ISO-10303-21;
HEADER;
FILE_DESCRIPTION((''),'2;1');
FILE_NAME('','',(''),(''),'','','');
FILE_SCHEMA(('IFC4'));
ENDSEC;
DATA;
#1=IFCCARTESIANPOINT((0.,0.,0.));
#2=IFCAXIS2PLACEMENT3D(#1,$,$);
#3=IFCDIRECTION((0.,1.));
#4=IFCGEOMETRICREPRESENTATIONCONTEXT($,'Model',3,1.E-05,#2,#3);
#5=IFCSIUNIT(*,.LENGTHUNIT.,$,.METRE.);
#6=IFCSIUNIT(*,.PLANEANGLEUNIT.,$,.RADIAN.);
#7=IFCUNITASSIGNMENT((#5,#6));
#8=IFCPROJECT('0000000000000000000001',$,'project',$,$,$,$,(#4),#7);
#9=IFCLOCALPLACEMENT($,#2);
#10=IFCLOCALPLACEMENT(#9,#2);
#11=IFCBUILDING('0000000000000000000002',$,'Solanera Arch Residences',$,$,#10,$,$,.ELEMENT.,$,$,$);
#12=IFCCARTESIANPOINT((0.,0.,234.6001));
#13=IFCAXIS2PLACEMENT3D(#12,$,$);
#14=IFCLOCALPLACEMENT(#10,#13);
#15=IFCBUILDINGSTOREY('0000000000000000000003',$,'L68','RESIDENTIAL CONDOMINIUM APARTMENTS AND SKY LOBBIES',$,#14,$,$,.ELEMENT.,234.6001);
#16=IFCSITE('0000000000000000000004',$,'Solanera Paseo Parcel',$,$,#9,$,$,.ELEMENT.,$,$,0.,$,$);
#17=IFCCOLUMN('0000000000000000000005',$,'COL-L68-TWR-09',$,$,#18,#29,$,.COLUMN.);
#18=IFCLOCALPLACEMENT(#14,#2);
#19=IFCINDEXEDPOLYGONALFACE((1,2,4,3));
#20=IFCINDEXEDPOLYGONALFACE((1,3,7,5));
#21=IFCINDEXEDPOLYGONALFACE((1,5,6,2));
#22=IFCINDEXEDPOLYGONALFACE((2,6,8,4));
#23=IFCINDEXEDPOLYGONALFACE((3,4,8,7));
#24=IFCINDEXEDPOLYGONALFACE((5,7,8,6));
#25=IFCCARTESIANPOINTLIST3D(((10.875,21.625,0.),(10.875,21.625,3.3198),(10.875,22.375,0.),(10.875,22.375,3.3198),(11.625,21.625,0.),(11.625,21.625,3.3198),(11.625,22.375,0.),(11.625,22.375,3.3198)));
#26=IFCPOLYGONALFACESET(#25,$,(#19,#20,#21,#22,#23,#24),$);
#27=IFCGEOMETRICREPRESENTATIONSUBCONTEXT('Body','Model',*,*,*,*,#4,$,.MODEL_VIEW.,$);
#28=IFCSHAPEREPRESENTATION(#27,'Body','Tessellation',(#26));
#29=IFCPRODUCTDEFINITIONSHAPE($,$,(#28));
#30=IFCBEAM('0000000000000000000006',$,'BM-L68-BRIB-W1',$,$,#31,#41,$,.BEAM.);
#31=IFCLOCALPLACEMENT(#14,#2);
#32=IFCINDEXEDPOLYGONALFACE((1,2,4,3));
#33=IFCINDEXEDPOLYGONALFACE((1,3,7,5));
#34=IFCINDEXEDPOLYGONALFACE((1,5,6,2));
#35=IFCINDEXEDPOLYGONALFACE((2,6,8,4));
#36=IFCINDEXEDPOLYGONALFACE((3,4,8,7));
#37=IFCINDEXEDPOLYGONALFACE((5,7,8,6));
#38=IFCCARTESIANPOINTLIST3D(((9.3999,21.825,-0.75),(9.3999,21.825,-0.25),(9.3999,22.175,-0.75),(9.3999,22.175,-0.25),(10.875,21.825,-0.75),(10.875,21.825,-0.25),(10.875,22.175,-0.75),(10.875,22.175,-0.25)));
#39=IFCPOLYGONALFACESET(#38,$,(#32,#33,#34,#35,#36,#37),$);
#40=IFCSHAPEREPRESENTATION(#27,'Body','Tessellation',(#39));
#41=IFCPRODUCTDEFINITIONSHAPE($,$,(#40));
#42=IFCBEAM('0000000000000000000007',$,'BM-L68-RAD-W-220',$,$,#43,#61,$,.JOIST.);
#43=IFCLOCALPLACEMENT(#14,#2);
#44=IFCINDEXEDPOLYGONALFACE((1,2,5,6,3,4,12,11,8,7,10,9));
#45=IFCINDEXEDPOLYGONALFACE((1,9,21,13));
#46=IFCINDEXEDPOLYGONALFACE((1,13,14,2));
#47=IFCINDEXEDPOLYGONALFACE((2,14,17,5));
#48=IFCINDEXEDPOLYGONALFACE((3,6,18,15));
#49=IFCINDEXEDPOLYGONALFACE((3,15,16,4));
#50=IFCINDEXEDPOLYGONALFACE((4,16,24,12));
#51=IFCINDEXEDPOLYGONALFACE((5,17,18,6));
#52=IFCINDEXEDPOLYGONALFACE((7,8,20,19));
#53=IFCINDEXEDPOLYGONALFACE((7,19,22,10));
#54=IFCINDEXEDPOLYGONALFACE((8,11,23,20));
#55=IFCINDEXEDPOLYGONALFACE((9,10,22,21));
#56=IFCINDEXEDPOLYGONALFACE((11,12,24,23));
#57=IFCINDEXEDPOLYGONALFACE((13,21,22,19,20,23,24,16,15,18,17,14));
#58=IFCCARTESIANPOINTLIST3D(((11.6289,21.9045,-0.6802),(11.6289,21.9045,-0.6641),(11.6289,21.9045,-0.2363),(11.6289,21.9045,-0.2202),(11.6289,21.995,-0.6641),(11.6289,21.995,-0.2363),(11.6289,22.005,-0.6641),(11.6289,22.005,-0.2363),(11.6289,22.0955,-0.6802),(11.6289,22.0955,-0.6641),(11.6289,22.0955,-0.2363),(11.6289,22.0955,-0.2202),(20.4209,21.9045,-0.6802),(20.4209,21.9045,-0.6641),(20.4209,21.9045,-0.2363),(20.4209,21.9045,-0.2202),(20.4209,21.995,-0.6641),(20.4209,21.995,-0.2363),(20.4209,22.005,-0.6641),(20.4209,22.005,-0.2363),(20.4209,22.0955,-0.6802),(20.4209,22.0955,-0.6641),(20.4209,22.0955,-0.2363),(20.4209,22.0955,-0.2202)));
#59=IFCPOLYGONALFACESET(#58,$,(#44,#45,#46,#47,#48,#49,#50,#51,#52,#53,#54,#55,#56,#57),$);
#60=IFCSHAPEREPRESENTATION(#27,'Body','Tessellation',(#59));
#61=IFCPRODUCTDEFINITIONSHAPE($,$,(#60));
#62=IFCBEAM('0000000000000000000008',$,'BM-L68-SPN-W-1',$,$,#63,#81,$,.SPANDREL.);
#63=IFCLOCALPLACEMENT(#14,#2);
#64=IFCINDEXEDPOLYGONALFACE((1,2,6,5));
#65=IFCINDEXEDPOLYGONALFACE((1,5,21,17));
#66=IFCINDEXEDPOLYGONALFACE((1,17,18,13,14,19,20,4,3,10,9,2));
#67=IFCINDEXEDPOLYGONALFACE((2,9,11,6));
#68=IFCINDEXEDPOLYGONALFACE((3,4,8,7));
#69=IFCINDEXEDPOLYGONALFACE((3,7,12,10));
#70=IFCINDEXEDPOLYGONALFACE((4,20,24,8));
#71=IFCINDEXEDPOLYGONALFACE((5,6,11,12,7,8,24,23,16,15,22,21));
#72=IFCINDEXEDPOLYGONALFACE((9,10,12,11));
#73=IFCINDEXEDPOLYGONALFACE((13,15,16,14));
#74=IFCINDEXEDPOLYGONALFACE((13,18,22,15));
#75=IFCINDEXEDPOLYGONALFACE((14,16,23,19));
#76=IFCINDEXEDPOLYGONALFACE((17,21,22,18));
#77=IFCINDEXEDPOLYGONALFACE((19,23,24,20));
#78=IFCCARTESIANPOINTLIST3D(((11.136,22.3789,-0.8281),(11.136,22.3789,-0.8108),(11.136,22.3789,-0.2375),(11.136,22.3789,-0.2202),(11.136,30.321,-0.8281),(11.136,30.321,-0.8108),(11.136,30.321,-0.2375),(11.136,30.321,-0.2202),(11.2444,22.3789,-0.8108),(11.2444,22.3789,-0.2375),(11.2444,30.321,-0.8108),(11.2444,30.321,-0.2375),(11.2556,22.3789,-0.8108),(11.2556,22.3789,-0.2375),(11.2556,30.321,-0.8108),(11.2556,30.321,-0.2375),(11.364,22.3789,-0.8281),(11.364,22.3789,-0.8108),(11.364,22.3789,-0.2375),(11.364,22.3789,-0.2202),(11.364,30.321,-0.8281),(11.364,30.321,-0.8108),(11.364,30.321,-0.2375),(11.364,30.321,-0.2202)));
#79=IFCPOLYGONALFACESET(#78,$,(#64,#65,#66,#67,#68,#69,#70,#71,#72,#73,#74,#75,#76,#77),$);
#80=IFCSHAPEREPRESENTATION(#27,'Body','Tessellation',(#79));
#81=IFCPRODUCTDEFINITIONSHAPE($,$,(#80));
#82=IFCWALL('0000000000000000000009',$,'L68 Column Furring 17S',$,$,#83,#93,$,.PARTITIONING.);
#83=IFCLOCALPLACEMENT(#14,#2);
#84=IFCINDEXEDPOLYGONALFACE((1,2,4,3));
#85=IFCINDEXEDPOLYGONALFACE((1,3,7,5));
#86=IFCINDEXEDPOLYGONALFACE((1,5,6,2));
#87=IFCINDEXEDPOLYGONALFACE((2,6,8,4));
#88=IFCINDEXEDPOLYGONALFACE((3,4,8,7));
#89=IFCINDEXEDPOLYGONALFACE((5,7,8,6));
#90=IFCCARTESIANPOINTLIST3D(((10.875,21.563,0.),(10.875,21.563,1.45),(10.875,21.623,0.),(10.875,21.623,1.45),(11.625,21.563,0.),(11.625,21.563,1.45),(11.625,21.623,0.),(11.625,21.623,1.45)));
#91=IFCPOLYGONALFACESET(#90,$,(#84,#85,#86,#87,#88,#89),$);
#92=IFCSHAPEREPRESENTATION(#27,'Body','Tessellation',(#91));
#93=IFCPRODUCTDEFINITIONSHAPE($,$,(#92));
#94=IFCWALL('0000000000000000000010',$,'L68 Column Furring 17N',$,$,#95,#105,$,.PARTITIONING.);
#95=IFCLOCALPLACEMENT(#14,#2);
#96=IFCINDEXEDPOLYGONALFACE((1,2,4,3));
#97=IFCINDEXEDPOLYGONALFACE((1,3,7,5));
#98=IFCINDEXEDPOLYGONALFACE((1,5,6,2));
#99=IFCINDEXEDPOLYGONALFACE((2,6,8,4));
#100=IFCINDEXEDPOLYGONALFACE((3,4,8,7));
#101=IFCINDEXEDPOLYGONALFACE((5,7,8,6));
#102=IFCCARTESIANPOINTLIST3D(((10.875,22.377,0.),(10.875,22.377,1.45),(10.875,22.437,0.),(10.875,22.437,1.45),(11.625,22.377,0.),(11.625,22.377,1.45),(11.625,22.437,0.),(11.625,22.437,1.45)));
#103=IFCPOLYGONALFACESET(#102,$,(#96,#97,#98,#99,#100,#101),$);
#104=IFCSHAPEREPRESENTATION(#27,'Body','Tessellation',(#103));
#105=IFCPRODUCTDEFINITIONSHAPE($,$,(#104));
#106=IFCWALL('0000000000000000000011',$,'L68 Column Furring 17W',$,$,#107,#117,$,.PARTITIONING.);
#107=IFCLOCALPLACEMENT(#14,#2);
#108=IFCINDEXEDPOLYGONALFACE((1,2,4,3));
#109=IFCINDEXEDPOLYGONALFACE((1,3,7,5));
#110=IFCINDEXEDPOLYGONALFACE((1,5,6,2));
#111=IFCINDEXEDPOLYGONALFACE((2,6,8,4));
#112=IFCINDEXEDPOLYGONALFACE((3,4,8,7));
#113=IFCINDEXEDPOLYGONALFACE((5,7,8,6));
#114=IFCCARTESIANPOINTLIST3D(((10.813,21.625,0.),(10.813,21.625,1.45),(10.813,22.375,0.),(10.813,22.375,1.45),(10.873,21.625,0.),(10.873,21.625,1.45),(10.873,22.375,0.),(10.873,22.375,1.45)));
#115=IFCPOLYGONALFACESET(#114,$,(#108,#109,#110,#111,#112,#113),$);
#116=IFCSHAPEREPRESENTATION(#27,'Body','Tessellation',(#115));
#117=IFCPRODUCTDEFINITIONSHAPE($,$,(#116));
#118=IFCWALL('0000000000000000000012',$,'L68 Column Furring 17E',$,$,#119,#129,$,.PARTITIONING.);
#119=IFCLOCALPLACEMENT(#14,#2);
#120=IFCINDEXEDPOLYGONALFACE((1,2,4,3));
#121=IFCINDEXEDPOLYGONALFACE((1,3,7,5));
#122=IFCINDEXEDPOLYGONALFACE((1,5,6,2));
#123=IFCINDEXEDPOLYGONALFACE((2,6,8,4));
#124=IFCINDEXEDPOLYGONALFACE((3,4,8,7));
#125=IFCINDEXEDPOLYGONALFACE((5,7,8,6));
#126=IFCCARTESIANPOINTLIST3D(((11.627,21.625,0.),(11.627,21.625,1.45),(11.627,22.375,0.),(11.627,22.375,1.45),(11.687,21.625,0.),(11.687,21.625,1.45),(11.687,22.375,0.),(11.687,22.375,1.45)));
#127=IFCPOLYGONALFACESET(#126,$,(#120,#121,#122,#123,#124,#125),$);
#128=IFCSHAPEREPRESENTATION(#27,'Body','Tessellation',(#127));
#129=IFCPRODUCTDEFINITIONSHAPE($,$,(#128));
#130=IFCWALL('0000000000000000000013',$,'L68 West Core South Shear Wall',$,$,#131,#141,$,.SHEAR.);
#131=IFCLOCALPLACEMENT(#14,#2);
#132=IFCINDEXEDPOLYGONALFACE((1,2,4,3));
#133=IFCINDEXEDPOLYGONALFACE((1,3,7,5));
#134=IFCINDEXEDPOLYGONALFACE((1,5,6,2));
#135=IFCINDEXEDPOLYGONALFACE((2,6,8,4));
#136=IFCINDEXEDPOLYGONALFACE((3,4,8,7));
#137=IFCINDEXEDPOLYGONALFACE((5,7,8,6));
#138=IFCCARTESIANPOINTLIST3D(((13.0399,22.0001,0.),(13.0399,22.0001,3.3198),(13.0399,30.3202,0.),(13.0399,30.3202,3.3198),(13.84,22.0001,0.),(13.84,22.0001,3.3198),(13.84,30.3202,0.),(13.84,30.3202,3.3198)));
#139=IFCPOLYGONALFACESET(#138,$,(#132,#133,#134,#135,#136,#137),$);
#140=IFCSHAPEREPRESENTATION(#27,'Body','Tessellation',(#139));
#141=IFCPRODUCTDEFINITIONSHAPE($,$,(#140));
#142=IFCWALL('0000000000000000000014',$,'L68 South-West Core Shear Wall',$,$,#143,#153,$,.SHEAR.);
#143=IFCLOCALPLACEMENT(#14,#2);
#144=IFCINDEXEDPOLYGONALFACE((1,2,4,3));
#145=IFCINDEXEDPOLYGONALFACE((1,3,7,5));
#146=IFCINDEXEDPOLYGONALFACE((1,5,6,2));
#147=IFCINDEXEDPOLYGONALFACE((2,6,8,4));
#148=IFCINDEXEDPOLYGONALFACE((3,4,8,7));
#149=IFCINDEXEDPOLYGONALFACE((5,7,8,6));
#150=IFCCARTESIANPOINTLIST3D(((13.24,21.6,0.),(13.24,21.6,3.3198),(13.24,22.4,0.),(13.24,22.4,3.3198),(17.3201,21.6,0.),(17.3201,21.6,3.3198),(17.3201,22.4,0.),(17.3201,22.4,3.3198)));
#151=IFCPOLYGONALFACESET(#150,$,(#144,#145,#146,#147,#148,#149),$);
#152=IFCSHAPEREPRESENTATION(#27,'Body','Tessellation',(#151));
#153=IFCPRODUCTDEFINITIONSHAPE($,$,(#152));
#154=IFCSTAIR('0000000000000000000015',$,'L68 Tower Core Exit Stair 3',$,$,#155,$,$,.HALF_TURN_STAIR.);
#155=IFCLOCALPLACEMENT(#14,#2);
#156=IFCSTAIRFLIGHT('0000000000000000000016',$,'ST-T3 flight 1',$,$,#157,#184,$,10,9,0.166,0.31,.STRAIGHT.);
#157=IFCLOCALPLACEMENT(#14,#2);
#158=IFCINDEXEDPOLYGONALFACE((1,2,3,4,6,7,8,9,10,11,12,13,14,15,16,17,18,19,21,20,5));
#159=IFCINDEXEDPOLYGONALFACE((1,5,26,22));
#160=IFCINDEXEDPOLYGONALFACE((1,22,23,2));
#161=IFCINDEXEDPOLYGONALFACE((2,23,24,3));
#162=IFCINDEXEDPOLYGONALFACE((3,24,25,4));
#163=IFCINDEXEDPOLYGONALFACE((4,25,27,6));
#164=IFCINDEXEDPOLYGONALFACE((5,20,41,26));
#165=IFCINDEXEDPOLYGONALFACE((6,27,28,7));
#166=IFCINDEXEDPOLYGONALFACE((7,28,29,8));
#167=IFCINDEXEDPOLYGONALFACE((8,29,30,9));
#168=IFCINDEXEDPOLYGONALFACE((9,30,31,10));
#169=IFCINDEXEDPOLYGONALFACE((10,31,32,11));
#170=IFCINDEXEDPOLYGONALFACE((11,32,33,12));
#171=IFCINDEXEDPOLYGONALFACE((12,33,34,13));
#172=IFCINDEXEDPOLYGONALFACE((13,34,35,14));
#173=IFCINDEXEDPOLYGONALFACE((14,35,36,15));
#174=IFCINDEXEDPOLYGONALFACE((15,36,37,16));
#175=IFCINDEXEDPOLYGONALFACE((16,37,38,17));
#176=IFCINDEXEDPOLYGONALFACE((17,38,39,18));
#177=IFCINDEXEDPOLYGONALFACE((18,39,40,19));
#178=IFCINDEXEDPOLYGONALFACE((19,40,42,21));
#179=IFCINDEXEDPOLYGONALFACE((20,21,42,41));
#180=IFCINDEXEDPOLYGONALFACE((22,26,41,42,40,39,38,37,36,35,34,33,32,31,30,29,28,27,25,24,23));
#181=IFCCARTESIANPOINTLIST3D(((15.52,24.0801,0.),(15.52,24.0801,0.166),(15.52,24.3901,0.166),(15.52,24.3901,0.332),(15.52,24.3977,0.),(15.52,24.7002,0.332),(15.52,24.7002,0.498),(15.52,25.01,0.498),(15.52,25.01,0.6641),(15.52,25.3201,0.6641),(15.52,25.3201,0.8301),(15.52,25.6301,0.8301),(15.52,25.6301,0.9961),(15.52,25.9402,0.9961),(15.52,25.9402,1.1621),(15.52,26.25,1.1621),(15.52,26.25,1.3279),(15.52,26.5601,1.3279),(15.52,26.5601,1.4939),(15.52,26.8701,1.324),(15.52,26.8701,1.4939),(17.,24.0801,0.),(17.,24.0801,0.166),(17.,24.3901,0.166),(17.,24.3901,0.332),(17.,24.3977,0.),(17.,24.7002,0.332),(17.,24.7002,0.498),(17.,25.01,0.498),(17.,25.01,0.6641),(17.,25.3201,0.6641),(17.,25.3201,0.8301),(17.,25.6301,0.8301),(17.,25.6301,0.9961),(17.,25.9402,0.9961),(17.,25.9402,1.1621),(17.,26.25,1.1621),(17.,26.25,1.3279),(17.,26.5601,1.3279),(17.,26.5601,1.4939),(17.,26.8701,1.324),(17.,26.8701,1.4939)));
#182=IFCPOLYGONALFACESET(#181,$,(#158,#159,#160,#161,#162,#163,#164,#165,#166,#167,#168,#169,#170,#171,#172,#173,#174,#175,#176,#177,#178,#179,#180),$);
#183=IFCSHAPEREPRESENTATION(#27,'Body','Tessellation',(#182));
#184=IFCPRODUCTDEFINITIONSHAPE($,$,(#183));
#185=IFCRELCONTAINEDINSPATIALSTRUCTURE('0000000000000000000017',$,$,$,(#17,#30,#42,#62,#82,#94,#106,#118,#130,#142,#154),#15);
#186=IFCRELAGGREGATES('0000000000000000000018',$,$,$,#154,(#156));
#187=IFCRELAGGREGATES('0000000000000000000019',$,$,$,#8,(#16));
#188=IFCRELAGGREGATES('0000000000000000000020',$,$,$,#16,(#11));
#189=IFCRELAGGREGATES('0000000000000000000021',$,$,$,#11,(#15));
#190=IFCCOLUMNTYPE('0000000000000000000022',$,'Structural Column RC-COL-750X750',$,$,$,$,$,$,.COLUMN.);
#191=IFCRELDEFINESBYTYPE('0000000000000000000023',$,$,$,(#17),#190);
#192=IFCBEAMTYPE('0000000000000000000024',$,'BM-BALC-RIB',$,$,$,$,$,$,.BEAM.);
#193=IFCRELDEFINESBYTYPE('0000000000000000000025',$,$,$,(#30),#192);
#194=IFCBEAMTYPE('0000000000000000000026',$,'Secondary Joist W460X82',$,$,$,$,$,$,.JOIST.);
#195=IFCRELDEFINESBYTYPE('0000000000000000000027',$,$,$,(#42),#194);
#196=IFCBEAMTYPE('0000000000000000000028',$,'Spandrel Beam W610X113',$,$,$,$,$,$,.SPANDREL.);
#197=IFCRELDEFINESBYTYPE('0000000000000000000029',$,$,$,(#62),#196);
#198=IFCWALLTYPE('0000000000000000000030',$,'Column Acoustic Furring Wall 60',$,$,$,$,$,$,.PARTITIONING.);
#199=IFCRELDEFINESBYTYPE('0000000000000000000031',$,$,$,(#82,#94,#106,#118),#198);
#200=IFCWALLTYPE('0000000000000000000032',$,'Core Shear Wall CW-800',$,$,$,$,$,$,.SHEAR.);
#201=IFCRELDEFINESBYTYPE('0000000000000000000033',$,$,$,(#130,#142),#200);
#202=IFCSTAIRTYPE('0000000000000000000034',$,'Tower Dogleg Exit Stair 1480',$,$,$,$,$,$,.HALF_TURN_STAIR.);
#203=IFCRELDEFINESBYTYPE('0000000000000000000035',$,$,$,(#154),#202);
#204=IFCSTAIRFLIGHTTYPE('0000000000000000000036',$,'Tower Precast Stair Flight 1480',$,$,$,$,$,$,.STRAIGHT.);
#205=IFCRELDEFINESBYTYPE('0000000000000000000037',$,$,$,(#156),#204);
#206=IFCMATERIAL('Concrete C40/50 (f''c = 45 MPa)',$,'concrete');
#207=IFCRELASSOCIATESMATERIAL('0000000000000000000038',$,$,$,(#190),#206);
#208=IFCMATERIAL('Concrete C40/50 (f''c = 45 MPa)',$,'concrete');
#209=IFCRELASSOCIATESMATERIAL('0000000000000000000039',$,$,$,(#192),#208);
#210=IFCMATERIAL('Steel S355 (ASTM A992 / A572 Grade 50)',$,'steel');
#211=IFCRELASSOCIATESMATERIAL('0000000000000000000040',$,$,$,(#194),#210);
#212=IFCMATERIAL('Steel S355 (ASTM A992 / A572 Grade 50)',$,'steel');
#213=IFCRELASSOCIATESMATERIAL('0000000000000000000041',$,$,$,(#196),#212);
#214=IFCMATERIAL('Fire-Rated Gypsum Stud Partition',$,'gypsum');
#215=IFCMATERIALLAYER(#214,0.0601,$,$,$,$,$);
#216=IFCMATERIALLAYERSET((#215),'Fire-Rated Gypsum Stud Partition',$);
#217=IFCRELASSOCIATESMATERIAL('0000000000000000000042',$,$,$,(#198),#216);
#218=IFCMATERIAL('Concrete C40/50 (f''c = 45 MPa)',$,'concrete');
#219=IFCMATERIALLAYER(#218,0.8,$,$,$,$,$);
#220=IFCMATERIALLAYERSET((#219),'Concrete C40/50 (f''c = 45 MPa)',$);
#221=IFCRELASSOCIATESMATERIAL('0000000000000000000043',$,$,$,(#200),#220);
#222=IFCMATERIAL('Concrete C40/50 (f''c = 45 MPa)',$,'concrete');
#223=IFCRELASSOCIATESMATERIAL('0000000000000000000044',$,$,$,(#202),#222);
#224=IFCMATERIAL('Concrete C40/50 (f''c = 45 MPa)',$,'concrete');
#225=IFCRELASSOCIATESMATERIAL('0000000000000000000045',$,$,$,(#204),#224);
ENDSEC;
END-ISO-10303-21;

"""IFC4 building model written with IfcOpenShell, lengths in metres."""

from ifc_helpers import new_model, si_unit, direction, frame, frame_2d, origin, origin_2d, place, context, subcontext, project, spatial, polyline, rectangle, i_section, outline, extrude, material, layer, layer_set, material_profile, profile_set, type_object, element, aggregate, save


model = new_model("IFC4")

# Units and contexts
model_context = context("Model", 3, precision=1e-05, world=origin(), true_north=direction((0.0, 1.0)))
body_context = subcontext(model_context, "Body", "Model", "MODEL_VIEW")
ifc_project = project(units=[si_unit("LENGTHUNIT", "METRE"), si_unit("PLANEANGLEUNIT", "RADIAN")], contexts=[model_context])

# Site, building, storey
site_placement = place(None, origin())
site = spatial("IfcSite", under=ifc_project, at=site_placement, Name="Solanera Paseo Parcel", CompositionType="ELEMENT", RefElevation=0.0)
building_placement = place(site_placement, origin())
building = spatial("IfcBuilding", under=site, at=building_placement, Name="Solanera Arch Residences", CompositionType="ELEMENT")
storey_placement = place(building_placement, frame((0.0, 0.0, 234.6001)))
storey = spatial("IfcBuildingStorey", under=building, at=storey_placement, Name="L68", Description="RESIDENTIAL CONDOMINIUM APARTMENTS AND SKY LOBBIES", CompositionType="ELEMENT", Elevation=234.6001)

# Column
ifc_material_1 = material(Name="Concrete C40/50 (f'c = 45 MPa)", Category="concrete")
ifc_material_profile_1 = material_profile(ifc_material_1, rectangle(XDim=0.75, YDim=0.75, at=origin_2d()))
ifc_profile_set_1 = profile_set([ifc_material_profile_1], Name="Concrete C40/50 (f'c = 45 MPa)")
column_type = type_object("IfcColumnType", Name="Structural Column RC-COL-750X750", PredefinedType="COLUMN", material=ifc_profile_set_1)
column_placement = place(storey_placement, frame((11.25, 22.0, 0.0), z_axis=(0.0, 0.0, 1.0), x_axis=(1.0, 0.0, 0.0)))
element("IfcColumn", 1, at=column_placement, inside=storey, type_object=column_type, Name="COL-L68-TWR-09", PredefinedType="COLUMN", context=body_context, shape_type="SweptSolid", body=[
    extrude(rectangle(XDim=0.75, YDim=0.75, at=origin_2d()), origin(), (0.0, 0.0, 1.0), 3.3198),
])

# Beams
ifc_material_2 = material(Name="Concrete C40/50 (f'c = 45 MPa)", Category="concrete")
ifc_material_profile_2 = material_profile(ifc_material_2, rectangle(XDim=0.3501, YDim=0.5, at=origin_2d()))
ifc_profile_set_2 = profile_set([ifc_material_profile_2], Name="Concrete C40/50 (f'c = 45 MPa)")
beam_type_1 = type_object("IfcBeamType", Name="BM-BALC-RIB", PredefinedType="BEAM", material=ifc_profile_set_2)
beam_1_placement = place(storey_placement, frame((9.3999, 22.0, -0.5), z_axis=(1.0, 0.0, 0.0), x_axis=(0.0, 1.0, 0.0)))
element("IfcBeam", 2, at=beam_1_placement, inside=storey, type_object=beam_type_1, Name="BM-L68-BRIB-W1", PredefinedType="BEAM", context=body_context, shape_type="SweptSolid", body=[
    extrude(rectangle(XDim=0.3501, YDim=0.5, at=origin_2d()), origin(), (0.0, 0.0, 1.0), 1.4751),
])
ifc_material_3 = material(Name="Steel S355 (ASTM A992 / A572 Grade 50)", Category="steel")
ifc_material_profile_3 = material_profile(ifc_material_3, i_section(OverallWidth=0.1909, OverallDepth=0.46, WebThickness=0.01, FlangeThickness=0.0161, at=origin_2d()))
ifc_profile_set_3 = profile_set([ifc_material_profile_3], Name="Steel S355 (ASTM A992 / A572 Grade 50)")
beam_type_2 = type_object("IfcBeamType", Name="Secondary Joist W460X82", PredefinedType="JOIST", material=ifc_profile_set_3)
beam_2_placement = place(storey_placement, frame((11.6289, 22.0, -0.4502), z_axis=(1.0, 0.0, 0.0), x_axis=(0.0, 1.0, 0.0)))
element("IfcBeam", 3, at=beam_2_placement, inside=storey, type_object=beam_type_2, Name="BM-L68-RAD-W-220", PredefinedType="JOIST", context=body_context, shape_type="SweptSolid", body=[
    extrude(i_section(OverallWidth=0.1909, OverallDepth=0.46, WebThickness=0.01, FlangeThickness=0.0161, at=origin_2d()), origin(), (0.0, 0.0, 1.0), 8.792),
])
ifc_material_4 = material(Name="Steel S355 (ASTM A992 / A572 Grade 50)", Category="steel")
ifc_material_profile_4 = material_profile(ifc_material_4, i_section(OverallWidth=0.228, OverallDepth=0.6079, WebThickness=0.0112, FlangeThickness=0.0173, at=origin_2d()))
ifc_profile_set_4 = profile_set([ifc_material_profile_4], Name="Steel S355 (ASTM A992 / A572 Grade 50)")
beam_type_3 = type_object("IfcBeamType", Name="Spandrel Beam W610X113", PredefinedType="SPANDREL", material=ifc_profile_set_4)
beam_3_placement = place(storey_placement, frame((11.25, 22.3789, -0.5242), z_axis=(0.0, 1.0, 0.0), x_axis=(-1.0, 0.0, 0.0)))
element("IfcBeam", 4, at=beam_3_placement, inside=storey, type_object=beam_type_3, Name="BM-L68-SPN-W-1", PredefinedType="SPANDREL", context=body_context, shape_type="SweptSolid", body=[
    extrude(i_section(OverallWidth=0.228, OverallDepth=0.6079, WebThickness=0.0112, FlangeThickness=0.0173, at=origin_2d()), origin(), (0.0, 0.0, 1.0), 7.9421),
])

# Walls
ifc_material_5 = material(Name="Fire-Rated Gypsum Stud Partition", Category="gypsum")
ifc_layer_1 = layer(ifc_material_5, 0.0601)
ifc_layer_set_1 = layer_set([ifc_layer_1], Name="Fire-Rated Gypsum Stud Partition")
wall_type_1 = type_object("IfcWallType", Name="Column Acoustic Furring Wall 60", PredefinedType="PARTITIONING", material=ifc_layer_set_1)
for number, where, z_axis, x_axis, name in (
    (5, (10.875, 21.593, 0.0), (0.0, 0.0, 1.0), (1.0, 0.0, 0.0), "L68 Column Furring 17S"),
    (6, (10.875, 22.407, 0.0), (0.0, 0.0, 1.0), (1.0, 0.0, 0.0), "L68 Column Furring 17N"),
    (7, (10.843, 21.625, 0.0), (0.0, 0.0, 1.0), (0.0, 1.0, 0.0), "L68 Column Furring 17W"),
    (8, (11.657, 21.625, 0.0), (0.0, 0.0, 1.0), (0.0, 1.0, 0.0), "L68 Column Furring 17E"),
):
    element("IfcWall", number, at=place(storey_placement, frame(where, z_axis=z_axis, x_axis=x_axis)), inside=storey, type_object=wall_type_1, Name=name, PredefinedType="PARTITIONING", context=body_context, shape_type="SweptSolid", body=[
        extrude(rectangle(XDim=0.75, YDim=0.0601, at=frame_2d((0.375, 0.0))), origin(), (0.0, 0.0, 1.0), 1.45),
    ])

# Walls
ifc_material_6 = material(Name="Concrete C40/50 (f'c = 45 MPa)", Category="concrete")
ifc_layer_2 = layer(ifc_material_6, 0.8)
ifc_layer_set_2 = layer_set([ifc_layer_2], Name="Concrete C40/50 (f'c = 45 MPa)")
wall_type_2 = type_object("IfcWallType", Name="Core Shear Wall CW-800", PredefinedType="SHEAR", material=ifc_layer_set_2)
wall_1_placement = place(storey_placement, frame((13.4399, 22.0, 0.0), z_axis=(0.0, 0.0, 1.0), x_axis=(0.0, 1.0, 0.0)))
element("IfcWall", 9, at=wall_1_placement, inside=storey, type_object=wall_type_2, Name="L68 West Core South Shear Wall", PredefinedType="SHEAR", context=body_context, shape_type="SweptSolid", body=[
    extrude(rectangle(XDim=8.3201, YDim=0.8, at=frame_2d((4.1602, 0.0))), origin(), (0.0, 0.0, 1.0), 3.3198),
])
wall_2_placement = place(storey_placement, frame((13.24, 22.0, 0.0), z_axis=(0.0, 0.0, 1.0), x_axis=(1.0, 0.0, 0.0)))
element("IfcWall", 10, at=wall_2_placement, inside=storey, type_object=wall_type_2, Name="L68 South-West Core Shear Wall", PredefinedType="SHEAR", context=body_context, shape_type="SweptSolid", body=[
    extrude(rectangle(XDim=4.0801, YDim=0.8, at=frame_2d((2.04, 0.0))), origin(), (0.0, 0.0, 1.0), 3.3198),
])

# Stair, stair flight
ifc_material_7 = material(Name="Concrete C40/50 (f'c = 45 MPa)", Category="concrete")
stair_type = type_object("IfcStairType", Name="Tower Dogleg Exit Stair 1480", PredefinedType="HALF_TURN_STAIR", material=ifc_material_7)
stair_placement = place(storey_placement, origin())
stair = element("IfcStair", 11, at=stair_placement, inside=storey, type_object=stair_type, Name="L68 Tower Core Exit Stair 3", PredefinedType="HALF_TURN_STAIR")
ifc_material_8 = material(Name="Concrete C40/50 (f'c = 45 MPa)", Category="concrete")
stair_flight_type = type_object("IfcStairFlightType", Name="Tower Precast Stair Flight 1480", PredefinedType="STRAIGHT", material=ifc_material_8)
stair_flight_1_placement = place(storey_placement, frame((16.26, 24.0801, 0.0), z_axis=(0.0, 0.0, 1.0), x_axis=(0.0, 1.0, 0.0)))
stair_flight_1 = element("IfcStairFlight", 12, at=stair_flight_1_placement, type_object=stair_flight_type, Name="ST-T3 flight 1", NumberOfRisers=10, NumberOfTreads=9, PredefinedType="STRAIGHT", RiserHeight=0.166, TreadLength=0.31, context=body_context, shape_type="SweptSolid", body=[
    extrude(outline(polyline([(0.0, 0.0), (0.0, 0.166), (0.3101, 0.166), (0.3101, 0.332), (0.6201, 0.332), (0.6201, 0.498), (0.9299, 0.498), (0.9299, 0.6641), (1.24, 0.6641), (1.24, 0.8301), (1.55, 0.8301), (1.55, 0.9961), (1.8601, 0.9961), (1.8601, 1.1621), (2.1699, 1.1621), (2.1699, 1.3279), (2.48, 1.3279), (2.48, 1.4939), (2.79, 1.4939), (2.79, 1.6599), (2.79, 1.324), (0.3176, 0.0), (0.0, 0.0)])), frame((0.0, 0.74, 0.0), z_axis=(0.0, -1.0, 0.0), x_axis=(1.0, 0.0, 0.0)), (0.0, 0.0, 1.0), 1.48),
])
aggregate(stair, [stair_flight_1])

save(model, "model.ifc")
